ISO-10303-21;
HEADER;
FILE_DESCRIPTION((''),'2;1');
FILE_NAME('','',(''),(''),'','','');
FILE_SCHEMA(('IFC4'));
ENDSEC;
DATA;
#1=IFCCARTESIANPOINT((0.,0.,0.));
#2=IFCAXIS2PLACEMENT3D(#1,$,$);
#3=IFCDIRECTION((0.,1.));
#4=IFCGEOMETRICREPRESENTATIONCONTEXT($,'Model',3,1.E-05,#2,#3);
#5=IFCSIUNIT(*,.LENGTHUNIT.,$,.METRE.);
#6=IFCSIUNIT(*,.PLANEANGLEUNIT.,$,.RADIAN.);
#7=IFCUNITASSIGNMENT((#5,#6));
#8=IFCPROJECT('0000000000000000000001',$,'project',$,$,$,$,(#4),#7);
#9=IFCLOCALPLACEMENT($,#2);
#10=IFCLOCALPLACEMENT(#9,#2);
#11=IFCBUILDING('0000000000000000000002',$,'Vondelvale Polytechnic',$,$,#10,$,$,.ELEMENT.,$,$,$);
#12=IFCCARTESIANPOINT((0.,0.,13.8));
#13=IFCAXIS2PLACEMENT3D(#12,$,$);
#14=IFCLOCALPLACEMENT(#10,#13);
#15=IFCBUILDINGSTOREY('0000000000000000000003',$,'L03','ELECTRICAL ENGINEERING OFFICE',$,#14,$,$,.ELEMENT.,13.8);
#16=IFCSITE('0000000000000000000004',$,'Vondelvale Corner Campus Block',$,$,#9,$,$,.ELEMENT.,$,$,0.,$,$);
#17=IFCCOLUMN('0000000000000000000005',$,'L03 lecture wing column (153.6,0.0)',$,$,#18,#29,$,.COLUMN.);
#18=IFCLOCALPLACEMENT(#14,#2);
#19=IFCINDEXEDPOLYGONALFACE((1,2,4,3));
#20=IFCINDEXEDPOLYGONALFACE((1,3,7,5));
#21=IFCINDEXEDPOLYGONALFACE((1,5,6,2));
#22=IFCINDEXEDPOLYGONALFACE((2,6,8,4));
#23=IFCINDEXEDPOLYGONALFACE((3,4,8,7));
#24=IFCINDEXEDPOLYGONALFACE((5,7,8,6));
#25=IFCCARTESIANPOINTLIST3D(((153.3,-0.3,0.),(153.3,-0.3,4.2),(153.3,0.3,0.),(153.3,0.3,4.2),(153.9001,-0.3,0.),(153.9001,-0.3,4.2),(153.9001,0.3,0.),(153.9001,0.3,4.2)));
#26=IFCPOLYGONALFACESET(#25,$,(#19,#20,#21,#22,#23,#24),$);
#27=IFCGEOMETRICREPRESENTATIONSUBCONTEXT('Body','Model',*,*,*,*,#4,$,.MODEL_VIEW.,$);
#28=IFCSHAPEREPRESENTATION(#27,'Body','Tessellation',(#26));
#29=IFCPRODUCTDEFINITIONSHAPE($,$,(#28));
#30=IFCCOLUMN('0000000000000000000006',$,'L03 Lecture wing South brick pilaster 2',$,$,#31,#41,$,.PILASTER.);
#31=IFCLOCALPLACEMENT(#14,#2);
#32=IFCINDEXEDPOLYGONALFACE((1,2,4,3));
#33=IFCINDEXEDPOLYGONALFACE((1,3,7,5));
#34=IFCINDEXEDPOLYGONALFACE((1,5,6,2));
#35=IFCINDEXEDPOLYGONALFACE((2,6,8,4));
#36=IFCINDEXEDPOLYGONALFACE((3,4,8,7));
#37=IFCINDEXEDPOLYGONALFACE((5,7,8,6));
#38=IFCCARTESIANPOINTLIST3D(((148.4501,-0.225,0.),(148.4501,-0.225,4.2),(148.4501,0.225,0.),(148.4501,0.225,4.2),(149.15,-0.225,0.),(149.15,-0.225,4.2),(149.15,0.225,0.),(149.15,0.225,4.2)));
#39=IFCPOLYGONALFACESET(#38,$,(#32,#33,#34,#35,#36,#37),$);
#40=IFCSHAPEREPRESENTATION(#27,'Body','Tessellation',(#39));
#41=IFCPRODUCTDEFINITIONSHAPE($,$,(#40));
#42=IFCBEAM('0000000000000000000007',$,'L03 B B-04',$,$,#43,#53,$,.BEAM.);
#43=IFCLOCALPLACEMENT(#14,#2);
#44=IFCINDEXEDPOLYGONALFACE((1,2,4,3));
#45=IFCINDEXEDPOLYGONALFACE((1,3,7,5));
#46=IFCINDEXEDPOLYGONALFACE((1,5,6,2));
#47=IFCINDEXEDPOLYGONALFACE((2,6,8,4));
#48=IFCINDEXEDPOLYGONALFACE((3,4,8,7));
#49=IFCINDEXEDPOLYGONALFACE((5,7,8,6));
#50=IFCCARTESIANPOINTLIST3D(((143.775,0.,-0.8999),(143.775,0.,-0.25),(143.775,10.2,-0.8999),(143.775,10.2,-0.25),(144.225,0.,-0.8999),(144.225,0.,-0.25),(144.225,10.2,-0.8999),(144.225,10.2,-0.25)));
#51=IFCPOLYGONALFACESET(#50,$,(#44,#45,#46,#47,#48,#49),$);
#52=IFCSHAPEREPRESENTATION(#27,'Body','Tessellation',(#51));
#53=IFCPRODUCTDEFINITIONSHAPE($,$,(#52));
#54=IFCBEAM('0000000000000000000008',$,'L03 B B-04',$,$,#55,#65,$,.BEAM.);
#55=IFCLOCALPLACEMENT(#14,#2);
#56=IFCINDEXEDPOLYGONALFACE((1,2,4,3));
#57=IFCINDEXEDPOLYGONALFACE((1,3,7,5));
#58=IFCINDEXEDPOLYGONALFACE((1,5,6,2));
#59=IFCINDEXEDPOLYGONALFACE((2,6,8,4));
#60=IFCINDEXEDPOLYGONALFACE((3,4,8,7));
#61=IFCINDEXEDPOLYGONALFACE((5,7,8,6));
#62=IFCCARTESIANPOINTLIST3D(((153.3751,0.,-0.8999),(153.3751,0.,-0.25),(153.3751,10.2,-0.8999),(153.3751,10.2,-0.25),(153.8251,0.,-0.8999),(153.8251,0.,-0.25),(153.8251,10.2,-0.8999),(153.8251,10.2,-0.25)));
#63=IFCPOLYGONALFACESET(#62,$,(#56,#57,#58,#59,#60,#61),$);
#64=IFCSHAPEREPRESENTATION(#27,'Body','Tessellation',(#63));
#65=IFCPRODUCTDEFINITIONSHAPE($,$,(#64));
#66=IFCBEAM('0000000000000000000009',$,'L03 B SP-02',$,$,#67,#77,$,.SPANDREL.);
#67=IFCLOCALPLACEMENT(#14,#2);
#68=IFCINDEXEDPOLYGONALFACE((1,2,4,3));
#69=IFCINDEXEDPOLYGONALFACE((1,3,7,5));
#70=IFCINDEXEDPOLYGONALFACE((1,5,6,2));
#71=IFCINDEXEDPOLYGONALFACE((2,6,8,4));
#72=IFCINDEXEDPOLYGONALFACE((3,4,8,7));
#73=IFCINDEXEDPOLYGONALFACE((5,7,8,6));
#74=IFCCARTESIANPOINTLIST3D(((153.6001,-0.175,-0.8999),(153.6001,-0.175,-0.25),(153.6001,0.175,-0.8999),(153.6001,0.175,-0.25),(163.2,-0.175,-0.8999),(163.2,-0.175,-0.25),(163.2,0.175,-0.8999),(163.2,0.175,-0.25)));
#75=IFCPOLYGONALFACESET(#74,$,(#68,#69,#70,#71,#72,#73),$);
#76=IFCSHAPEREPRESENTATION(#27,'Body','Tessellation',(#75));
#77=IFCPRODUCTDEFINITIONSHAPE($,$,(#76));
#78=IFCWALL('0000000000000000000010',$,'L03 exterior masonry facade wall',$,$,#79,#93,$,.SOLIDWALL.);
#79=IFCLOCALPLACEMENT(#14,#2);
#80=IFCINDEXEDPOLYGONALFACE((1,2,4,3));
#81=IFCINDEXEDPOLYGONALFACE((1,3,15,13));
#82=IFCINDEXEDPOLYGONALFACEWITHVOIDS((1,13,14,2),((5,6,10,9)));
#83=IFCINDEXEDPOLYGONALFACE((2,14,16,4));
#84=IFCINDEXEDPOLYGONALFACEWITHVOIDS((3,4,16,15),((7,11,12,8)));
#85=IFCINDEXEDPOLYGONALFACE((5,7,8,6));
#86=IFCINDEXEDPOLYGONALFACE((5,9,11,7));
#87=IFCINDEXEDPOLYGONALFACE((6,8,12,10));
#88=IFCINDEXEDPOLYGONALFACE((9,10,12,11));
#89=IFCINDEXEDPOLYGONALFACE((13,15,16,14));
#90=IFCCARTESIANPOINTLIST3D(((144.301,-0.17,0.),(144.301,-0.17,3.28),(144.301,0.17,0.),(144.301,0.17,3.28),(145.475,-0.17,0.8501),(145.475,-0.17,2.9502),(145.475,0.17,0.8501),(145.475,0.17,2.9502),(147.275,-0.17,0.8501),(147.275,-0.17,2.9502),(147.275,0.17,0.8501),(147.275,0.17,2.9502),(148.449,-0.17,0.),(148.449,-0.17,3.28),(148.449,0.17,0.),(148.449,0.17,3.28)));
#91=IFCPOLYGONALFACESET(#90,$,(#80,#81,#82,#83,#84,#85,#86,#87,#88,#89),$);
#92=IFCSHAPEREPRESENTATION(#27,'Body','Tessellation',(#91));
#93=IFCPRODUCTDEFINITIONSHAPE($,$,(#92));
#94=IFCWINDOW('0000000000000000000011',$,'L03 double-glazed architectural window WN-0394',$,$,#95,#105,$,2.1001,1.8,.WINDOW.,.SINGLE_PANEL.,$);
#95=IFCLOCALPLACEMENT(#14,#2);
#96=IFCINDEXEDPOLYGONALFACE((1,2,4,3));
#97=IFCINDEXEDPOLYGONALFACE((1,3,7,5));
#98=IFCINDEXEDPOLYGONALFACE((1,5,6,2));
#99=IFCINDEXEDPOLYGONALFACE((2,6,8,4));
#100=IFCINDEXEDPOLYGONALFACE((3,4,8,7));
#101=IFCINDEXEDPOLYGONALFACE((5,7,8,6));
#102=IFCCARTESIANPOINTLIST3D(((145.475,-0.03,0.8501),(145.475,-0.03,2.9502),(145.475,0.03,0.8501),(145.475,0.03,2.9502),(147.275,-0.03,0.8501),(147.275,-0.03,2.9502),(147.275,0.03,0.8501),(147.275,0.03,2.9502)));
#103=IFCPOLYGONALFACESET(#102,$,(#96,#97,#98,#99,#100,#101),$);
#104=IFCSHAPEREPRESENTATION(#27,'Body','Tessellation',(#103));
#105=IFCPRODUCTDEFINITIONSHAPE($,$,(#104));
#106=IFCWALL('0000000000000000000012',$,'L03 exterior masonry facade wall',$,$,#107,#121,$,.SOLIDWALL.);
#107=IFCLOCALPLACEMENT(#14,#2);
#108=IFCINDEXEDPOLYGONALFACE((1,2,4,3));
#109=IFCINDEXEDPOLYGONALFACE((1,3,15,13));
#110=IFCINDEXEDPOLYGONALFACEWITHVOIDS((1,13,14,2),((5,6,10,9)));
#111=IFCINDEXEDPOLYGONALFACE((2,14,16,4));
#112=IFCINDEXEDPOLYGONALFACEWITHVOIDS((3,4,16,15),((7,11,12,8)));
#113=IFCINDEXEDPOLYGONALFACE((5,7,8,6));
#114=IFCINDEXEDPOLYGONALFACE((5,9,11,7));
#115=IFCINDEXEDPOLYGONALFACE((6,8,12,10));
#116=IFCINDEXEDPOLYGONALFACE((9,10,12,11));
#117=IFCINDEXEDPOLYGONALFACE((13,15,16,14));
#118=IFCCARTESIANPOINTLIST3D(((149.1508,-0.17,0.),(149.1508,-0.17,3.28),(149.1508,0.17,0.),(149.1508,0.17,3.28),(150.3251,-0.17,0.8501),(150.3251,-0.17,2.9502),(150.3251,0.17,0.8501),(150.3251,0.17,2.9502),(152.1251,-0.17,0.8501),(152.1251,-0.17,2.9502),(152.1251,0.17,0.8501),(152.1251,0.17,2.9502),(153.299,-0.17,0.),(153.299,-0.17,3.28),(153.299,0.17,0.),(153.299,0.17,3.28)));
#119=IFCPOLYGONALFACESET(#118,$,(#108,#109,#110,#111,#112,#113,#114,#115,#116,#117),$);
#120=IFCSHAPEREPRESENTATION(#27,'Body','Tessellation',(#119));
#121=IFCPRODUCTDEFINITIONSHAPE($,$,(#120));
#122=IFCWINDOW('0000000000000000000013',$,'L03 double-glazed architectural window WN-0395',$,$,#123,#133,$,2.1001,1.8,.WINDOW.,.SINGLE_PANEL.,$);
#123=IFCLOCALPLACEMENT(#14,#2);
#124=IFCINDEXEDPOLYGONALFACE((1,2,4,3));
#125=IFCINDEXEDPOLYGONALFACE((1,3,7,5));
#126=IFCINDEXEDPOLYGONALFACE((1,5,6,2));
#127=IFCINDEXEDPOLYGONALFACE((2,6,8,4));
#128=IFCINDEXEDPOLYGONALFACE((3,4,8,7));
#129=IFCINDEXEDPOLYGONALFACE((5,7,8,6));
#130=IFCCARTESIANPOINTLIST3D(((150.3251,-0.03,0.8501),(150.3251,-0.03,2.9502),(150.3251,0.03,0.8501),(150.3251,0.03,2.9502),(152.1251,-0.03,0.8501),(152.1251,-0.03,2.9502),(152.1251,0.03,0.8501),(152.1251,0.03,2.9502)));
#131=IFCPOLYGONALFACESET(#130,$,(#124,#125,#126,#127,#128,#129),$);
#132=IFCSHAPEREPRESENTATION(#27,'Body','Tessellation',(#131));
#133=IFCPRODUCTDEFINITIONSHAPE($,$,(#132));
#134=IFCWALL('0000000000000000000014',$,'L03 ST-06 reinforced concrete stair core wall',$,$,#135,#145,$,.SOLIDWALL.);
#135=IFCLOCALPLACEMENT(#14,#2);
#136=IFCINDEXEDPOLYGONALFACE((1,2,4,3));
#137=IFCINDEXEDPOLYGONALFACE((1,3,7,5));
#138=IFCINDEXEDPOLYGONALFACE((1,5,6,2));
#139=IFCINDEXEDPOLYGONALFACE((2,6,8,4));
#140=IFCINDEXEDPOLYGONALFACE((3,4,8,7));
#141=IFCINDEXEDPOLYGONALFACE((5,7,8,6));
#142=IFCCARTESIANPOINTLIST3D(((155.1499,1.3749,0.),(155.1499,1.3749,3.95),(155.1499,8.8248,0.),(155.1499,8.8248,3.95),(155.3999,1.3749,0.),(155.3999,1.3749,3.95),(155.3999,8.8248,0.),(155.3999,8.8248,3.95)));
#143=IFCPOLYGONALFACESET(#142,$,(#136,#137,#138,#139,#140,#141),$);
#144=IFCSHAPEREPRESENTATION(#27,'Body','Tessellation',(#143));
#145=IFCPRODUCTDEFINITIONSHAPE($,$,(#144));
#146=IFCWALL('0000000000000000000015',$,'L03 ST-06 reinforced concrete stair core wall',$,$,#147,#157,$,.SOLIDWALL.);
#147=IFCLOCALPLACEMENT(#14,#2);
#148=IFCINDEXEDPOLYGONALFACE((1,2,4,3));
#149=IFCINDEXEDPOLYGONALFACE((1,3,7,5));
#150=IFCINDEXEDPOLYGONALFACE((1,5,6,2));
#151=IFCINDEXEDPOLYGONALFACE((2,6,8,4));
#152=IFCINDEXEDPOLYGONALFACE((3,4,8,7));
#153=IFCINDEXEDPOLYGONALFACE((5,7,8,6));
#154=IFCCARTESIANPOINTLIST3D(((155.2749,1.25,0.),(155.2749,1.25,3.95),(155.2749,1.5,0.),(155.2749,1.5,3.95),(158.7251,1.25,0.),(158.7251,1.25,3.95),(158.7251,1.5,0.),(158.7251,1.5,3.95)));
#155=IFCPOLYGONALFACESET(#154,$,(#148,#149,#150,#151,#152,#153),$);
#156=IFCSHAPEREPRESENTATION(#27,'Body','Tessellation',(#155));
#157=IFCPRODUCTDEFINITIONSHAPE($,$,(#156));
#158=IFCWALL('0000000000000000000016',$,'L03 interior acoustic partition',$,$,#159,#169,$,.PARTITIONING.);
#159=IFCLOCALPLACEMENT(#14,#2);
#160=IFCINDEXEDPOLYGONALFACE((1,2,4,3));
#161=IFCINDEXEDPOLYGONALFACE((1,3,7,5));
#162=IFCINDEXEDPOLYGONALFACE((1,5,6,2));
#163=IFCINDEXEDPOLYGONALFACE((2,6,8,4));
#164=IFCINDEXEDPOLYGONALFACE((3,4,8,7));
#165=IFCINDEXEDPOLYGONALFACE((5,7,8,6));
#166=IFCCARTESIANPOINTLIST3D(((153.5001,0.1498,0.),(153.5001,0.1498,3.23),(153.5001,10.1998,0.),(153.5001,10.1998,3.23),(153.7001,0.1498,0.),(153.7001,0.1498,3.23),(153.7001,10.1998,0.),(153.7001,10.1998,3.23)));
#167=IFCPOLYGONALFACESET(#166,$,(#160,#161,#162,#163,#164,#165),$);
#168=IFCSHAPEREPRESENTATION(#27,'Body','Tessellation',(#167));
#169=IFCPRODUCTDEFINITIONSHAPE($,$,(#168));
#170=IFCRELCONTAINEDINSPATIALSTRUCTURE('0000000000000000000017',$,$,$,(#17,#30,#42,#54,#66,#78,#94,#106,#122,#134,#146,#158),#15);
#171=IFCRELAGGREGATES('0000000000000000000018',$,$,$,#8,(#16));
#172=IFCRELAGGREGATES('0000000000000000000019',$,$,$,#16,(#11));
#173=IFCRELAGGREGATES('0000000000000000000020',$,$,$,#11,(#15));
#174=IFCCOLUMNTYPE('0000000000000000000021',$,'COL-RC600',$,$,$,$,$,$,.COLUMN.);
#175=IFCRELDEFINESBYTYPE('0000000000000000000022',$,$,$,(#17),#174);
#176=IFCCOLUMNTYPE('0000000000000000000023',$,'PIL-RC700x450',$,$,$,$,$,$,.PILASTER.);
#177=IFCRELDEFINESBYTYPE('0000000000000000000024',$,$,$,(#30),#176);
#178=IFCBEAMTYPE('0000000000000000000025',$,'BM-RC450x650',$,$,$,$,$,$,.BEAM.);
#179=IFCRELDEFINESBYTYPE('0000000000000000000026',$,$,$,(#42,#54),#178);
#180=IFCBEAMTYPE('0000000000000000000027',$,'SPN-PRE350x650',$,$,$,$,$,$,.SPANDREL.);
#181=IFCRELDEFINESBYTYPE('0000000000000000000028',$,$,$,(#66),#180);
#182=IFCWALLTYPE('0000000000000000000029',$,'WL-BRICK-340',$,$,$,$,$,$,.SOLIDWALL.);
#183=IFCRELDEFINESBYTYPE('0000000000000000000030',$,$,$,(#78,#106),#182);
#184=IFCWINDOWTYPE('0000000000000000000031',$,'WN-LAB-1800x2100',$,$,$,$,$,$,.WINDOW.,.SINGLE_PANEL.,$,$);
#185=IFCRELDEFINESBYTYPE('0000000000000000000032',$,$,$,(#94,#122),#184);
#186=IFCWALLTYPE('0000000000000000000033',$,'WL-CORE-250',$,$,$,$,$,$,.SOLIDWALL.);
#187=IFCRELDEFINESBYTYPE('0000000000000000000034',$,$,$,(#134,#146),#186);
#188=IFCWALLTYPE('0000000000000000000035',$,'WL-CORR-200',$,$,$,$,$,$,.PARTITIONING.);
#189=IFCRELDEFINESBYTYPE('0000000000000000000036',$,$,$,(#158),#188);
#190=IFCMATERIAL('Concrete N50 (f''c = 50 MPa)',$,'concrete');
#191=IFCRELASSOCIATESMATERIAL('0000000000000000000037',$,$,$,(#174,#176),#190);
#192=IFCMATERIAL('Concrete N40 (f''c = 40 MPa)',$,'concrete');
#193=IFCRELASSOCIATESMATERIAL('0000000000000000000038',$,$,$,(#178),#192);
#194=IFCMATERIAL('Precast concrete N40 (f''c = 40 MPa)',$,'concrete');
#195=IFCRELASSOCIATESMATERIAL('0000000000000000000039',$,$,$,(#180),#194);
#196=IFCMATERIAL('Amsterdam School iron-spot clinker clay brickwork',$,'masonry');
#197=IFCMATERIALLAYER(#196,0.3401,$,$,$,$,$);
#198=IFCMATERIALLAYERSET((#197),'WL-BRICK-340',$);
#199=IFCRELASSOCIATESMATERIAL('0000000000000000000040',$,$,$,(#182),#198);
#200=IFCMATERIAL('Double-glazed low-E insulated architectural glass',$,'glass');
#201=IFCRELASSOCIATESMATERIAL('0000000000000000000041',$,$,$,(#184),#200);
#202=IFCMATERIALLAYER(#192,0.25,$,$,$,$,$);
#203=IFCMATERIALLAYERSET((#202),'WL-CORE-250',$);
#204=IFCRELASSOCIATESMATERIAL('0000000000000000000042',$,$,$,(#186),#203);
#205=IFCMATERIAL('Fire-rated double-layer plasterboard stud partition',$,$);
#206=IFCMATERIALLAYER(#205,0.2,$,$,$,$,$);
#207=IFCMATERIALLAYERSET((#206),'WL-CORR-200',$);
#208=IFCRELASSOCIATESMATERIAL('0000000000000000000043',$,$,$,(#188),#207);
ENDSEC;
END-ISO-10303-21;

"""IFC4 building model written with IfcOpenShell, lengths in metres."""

from ifc_helpers import new_model, si_unit, direction, frame, frame_2d, origin, origin_2d, place, context, subcontext, project, spatial, rectangle, extrude, material, layer, layer_set, material_profile, profile_set, type_object, element, fill, save


model = new_model("IFC4")

# Units and contexts
model_context = context("Model", 3, precision=1e-05, world=origin(), true_north=direction((0.0, 1.0)))
body_context = subcontext(model_context, "Body", "Model", "MODEL_VIEW")
ifc_project = project(units=[si_unit("LENGTHUNIT", "METRE"), si_unit("PLANEANGLEUNIT", "RADIAN")], contexts=[model_context])

# Site, building, storey
site_placement = place(None, origin())
site = spatial("IfcSite", under=ifc_project, at=site_placement, Name="Vondelvale Corner Campus Block", CompositionType="ELEMENT", RefElevation=0.0)
building_placement = place(site_placement, origin())
building = spatial("IfcBuilding", under=site, at=building_placement, Name="Vondelvale Polytechnic", CompositionType="ELEMENT")
storey_placement = place(building_placement, frame((0.0, 0.0, 13.8)))
storey = spatial("IfcBuildingStorey", under=building, at=storey_placement, Name="L03", Description="ELECTRICAL ENGINEERING OFFICE", CompositionType="ELEMENT", Elevation=13.8)

# Columns
ifc_material_1 = material(Name="Concrete N50 (f'c = 50 MPa)", Category="concrete")
ifc_material_profile_1 = material_profile(ifc_material_1, rectangle(XDim=0.6001, YDim=0.6001, at=origin_2d()), Name="RC-COL-600x600")
ifc_profile_set_1 = profile_set([ifc_material_profile_1], Name="Concrete N50 (f'c = 50 MPa)")
column_type_1 = type_object("IfcColumnType", Name="COL-RC600", PredefinedType="COLUMN", material=ifc_profile_set_1)
column_1_placement = place(storey_placement, frame((153.6001, 0.0, 0.0), z_axis=(0.0, 0.0, 1.0), x_axis=(1.0, 0.0, 0.0)))
element("IfcColumn", 1, at=column_1_placement, inside=storey, type_object=column_type_1, Name="L03 lecture wing column (153.6,0.0)", PredefinedType="COLUMN", context=body_context, shape_type="SweptSolid", body=[
    extrude(rectangle(XDim=0.6001, YDim=0.6001, at=origin_2d()), origin(), (0.0, 0.0, 1.0), 4.2),
])
ifc_material_profile_2 = material_profile(ifc_material_1, rectangle(XDim=0.45, YDim=0.7, at=origin_2d()), Name="RC-PIL-700x450")
ifc_profile_set_2 = profile_set([ifc_material_profile_2], Name="Concrete N50 (f'c = 50 MPa)")
column_type_2 = type_object("IfcColumnType", Name="PIL-RC700x450", PredefinedType="PILASTER", material=ifc_profile_set_2)
column_2_placement = place(storey_placement, frame((148.8, 0.0, 0.0), z_axis=(0.0, 0.0, 1.0), x_axis=(0.0, 1.0, 0.0)))
element("IfcColumn", 2, at=column_2_placement, inside=storey, type_object=column_type_2, Name="L03 Lecture wing South brick pilaster 2", PredefinedType="PILASTER", context=body_context, shape_type="SweptSolid", body=[
    extrude(rectangle(XDim=0.45, YDim=0.7, at=origin_2d()), origin(), (0.0, 0.0, 1.0), 4.2),
])

# Beams
ifc_material_2 = material(Name="Concrete N40 (f'c = 40 MPa)", Category="concrete")
ifc_material_profile_3 = material_profile(ifc_material_2, rectangle(XDim=0.45, YDim=0.6499, at=origin_2d()), Name="RC-BM-450x650")
ifc_profile_set_3 = profile_set([ifc_material_profile_3], Name="Concrete N40 (f'c = 40 MPa)")
beam_type_1 = type_object("IfcBeamType", Name="BM-RC450x650", PredefinedType="BEAM", material=ifc_profile_set_3)
for number, where, z_axis, x_axis, name in (
    (3, (144.0, 0.0, -0.575), (0.0, 1.0, 0.0), (-1.0, 0.0, 0.0), "L03 B B-04"),
    (4, (153.6001, 0.0, -0.575), (0.0, 1.0, 0.0), (-1.0, 0.0, 0.0), "L03 B B-04"),
):
    element("IfcBeam", number, at=place(storey_placement, frame(where, z_axis=z_axis, x_axis=x_axis)), inside=storey, type_object=beam_type_1, Name=name, PredefinedType="BEAM", context=body_context, shape_type="SweptSolid", body=[
        extrude(rectangle(XDim=0.45, YDim=0.6499, at=origin_2d()), origin(), (0.0, 0.0, 1.0), 10.2),
    ])
ifc_material_3 = material(Name="Precast concrete N40 (f'c = 40 MPa)", Category="concrete")
ifc_material_profile_4 = material_profile(ifc_material_3, rectangle(XDim=0.3501, YDim=0.6499, at=origin_2d()), Name="RC-SPN-350x650")
ifc_profile_set_4 = profile_set([ifc_material_profile_4], Name="Precast concrete N40 (f'c = 40 MPa)")
beam_type_2 = type_object("IfcBeamType", Name="SPN-PRE350x650", PredefinedType="SPANDREL", material=ifc_profile_set_4)
beam_placement = place(storey_placement, frame((153.6001, 0.0, -0.575), z_axis=(1.0, 0.0, 0.0), x_axis=(0.0, 1.0, 0.0)))
element("IfcBeam", 5, at=beam_placement, inside=storey, type_object=beam_type_2, Name="L03 B SP-02", PredefinedType="SPANDREL", context=body_context, shape_type="SweptSolid", body=[
    extrude(rectangle(XDim=0.3501, YDim=0.6499, at=origin_2d()), origin(), (0.0, 0.0, 1.0), 9.5999),
])

# Walls, openings, windows
ifc_material_4 = material(Name="Amsterdam School iron-spot clinker clay brickwork", Category="masonry")
ifc_layer_1 = layer(ifc_material_4, 0.3401)
ifc_layer_set_1 = layer_set([ifc_layer_1], Name="WL-BRICK-340")
wall_type_1 = type_object("IfcWallType", Name="WL-BRICK-340", PredefinedType="SOLIDWALL", material=ifc_layer_set_1)
wall_1_placement = place(storey_placement, frame((148.449, 0.0, 0.0), z_axis=(0.0, 0.0, 1.0), x_axis=(-1.0, 0.0, 0.0)))
wall_1 = element("IfcWall", 6, at=wall_1_placement, inside=storey, type_object=wall_type_1, Name="L03 exterior masonry facade wall", PredefinedType="SOLIDWALL", context=body_context, shape_type="SweptSolid", body=[
    extrude(rectangle(XDim=4.1479, YDim=0.3401, at=frame_2d((2.074, 0.0))), origin(), (0.0, 0.0, 1.0), 3.28),
])
opening_1_placement = place(wall_1_placement, frame((1.1741, 0.0, 0.8501)))
opening_1 = element("IfcOpeningElement", 7, at=opening_1_placement, cuts=wall_1, PredefinedType="OPENING", context=body_context, shape_type="SweptSolid", body=[
    extrude(rectangle(XDim=1.8, YDim=2.1001, at=frame_2d((0.8999, 1.05))), frame((0.0, 0.1799, 0.0), z_axis=(0.0, -1.0, 0.0), x_axis=(1.0, 0.0, 0.0)), (0.0, 0.0, 1.0), 0.3601),
])
ifc_material_5 = material(Name="Double-glazed low-E insulated architectural glass", Category="glass")
window_type = type_object("IfcWindowType", Name="WN-LAB-1800x2100", PartitioningType="SINGLE_PANEL", PredefinedType="WINDOW", material=ifc_material_5)
window_1_placement = place(opening_1_placement, origin())
window_1 = element("IfcWindow", 8, at=window_1_placement, inside=storey, type_object=window_type, Name="L03 double-glazed architectural window WN-0394", OverallHeight=2.1001, OverallWidth=1.8, PartitioningType="SINGLE_PANEL", PredefinedType="WINDOW", context=body_context, shape_type="SweptSolid", body=[
    extrude(rectangle(XDim=1.8, YDim=2.1001, at=frame_2d((0.8999, 1.05))), frame((0.0, 0.03, 0.0), z_axis=(0.0, -1.0, 0.0), x_axis=(1.0, 0.0, 0.0)), (0.0, 0.0, 1.0), 0.0601),
])
fill(opening_1, window_1)
wall_2_placement = place(storey_placement, frame((153.2991, 0.0, 0.0), z_axis=(0.0, 0.0, 1.0), x_axis=(-1.0, 0.0, 0.0)))
wall_2 = element("IfcWall", 9, at=wall_2_placement, inside=storey, type_object=wall_type_1, Name="L03 exterior masonry facade wall", PredefinedType="SOLIDWALL", context=body_context, shape_type="SweptSolid", body=[
    extrude(rectangle(XDim=4.1482, YDim=0.3401, at=frame_2d((2.0742, 0.0))), origin(), (0.0, 0.0, 1.0), 3.28),
])
opening_2_placement = place(wall_2_placement, frame((1.1741, 0.0, 0.8501)))
opening_2 = element("IfcOpeningElement", 10, at=opening_2_placement, cuts=wall_2, PredefinedType="OPENING", context=body_context, shape_type="SweptSolid", body=[
    extrude(rectangle(XDim=1.8, YDim=2.1001, at=frame_2d((0.8999, 1.05))), frame((0.0, 0.1799, 0.0), z_axis=(0.0, -1.0, 0.0), x_axis=(1.0, 0.0, 0.0)), (0.0, 0.0, 1.0), 0.3601),
])
window_2_placement = place(opening_2_placement, origin())
window_2 = element("IfcWindow", 11, at=window_2_placement, inside=storey, type_object=window_type, Name="L03 double-glazed architectural window WN-0395", OverallHeight=2.1001, OverallWidth=1.8, PartitioningType="SINGLE_PANEL", PredefinedType="WINDOW", context=body_context, shape_type="SweptSolid", body=[
    extrude(rectangle(XDim=1.8, YDim=2.1001, at=frame_2d((0.8999, 1.05))), frame((0.0, 0.03, 0.0), z_axis=(0.0, -1.0, 0.0), x_axis=(1.0, 0.0, 0.0)), (0.0, 0.0, 1.0), 0.0601),
])
fill(opening_2, window_2)

# Walls
ifc_layer_2 = layer(ifc_material_2, 0.25)
ifc_layer_set_2 = layer_set([ifc_layer_2], Name="WL-CORE-250")
wall_type_2 = type_object("IfcWallType", Name="WL-CORE-250", PredefinedType="SOLIDWALL", material=ifc_layer_set_2)
wall_3_placement = place(storey_placement, frame((155.2749, 8.825, 0.0), z_axis=(0.0, 0.0, 1.0), x_axis=(0.0, -1.0, 0.0)))
element("IfcWall", 12, at=wall_3_placement, inside=storey, type_object=wall_type_2, Name="L03 ST-06 reinforced concrete stair core wall", PredefinedType="SOLIDWALL", context=body_context, shape_type="SweptSolid", body=[
    extrude(rectangle(XDim=7.45, YDim=0.25, at=frame_2d((3.7251, 0.0))), origin(), (0.0, 0.0, 1.0), 3.95),
])
wall_4_placement = place(storey_placement, frame((155.2749, 1.375, 0.0), z_axis=(0.0, 0.0, 1.0), x_axis=(1.0, 0.0, 0.0)))
element("IfcWall", 13, at=wall_4_placement, inside=storey, type_object=wall_type_2, Name="L03 ST-06 reinforced concrete stair core wall", PredefinedType="SOLIDWALL", context=body_context, shape_type="SweptSolid", body=[
    extrude(rectangle(XDim=3.4502, YDim=0.25, at=frame_2d((1.7251, 0.0))), origin(), (0.0, 0.0, 1.0), 3.95),
])
ifc_material_6 = material(Name="Fire-rated double-layer plasterboard stud partition")
ifc_layer_3 = layer(ifc_material_6, 0.2)
ifc_layer_set_3 = layer_set([ifc_layer_3], Name="WL-CORR-200")
wall_type_3 = type_object("IfcWallType", Name="WL-CORR-200", PredefinedType="PARTITIONING", material=ifc_layer_set_3)
wall_5_placement = place(storey_placement, frame((153.6001, 0.1499, 0.0), z_axis=(0.0, 0.0, 1.0), x_axis=(0.0, 1.0, 0.0)))
element("IfcWall", 14, at=wall_5_placement, inside=storey, type_object=wall_type_3, Name="L03 interior acoustic partition", PredefinedType="PARTITIONING", context=body_context, shape_type="SweptSolid", body=[
    extrude(rectangle(XDim=10.05, YDim=0.2, at=frame_2d((5.0249, 0.0))), origin(), (0.0, 0.0, 1.0), 3.23),
])

save(model, "model.ifc")
